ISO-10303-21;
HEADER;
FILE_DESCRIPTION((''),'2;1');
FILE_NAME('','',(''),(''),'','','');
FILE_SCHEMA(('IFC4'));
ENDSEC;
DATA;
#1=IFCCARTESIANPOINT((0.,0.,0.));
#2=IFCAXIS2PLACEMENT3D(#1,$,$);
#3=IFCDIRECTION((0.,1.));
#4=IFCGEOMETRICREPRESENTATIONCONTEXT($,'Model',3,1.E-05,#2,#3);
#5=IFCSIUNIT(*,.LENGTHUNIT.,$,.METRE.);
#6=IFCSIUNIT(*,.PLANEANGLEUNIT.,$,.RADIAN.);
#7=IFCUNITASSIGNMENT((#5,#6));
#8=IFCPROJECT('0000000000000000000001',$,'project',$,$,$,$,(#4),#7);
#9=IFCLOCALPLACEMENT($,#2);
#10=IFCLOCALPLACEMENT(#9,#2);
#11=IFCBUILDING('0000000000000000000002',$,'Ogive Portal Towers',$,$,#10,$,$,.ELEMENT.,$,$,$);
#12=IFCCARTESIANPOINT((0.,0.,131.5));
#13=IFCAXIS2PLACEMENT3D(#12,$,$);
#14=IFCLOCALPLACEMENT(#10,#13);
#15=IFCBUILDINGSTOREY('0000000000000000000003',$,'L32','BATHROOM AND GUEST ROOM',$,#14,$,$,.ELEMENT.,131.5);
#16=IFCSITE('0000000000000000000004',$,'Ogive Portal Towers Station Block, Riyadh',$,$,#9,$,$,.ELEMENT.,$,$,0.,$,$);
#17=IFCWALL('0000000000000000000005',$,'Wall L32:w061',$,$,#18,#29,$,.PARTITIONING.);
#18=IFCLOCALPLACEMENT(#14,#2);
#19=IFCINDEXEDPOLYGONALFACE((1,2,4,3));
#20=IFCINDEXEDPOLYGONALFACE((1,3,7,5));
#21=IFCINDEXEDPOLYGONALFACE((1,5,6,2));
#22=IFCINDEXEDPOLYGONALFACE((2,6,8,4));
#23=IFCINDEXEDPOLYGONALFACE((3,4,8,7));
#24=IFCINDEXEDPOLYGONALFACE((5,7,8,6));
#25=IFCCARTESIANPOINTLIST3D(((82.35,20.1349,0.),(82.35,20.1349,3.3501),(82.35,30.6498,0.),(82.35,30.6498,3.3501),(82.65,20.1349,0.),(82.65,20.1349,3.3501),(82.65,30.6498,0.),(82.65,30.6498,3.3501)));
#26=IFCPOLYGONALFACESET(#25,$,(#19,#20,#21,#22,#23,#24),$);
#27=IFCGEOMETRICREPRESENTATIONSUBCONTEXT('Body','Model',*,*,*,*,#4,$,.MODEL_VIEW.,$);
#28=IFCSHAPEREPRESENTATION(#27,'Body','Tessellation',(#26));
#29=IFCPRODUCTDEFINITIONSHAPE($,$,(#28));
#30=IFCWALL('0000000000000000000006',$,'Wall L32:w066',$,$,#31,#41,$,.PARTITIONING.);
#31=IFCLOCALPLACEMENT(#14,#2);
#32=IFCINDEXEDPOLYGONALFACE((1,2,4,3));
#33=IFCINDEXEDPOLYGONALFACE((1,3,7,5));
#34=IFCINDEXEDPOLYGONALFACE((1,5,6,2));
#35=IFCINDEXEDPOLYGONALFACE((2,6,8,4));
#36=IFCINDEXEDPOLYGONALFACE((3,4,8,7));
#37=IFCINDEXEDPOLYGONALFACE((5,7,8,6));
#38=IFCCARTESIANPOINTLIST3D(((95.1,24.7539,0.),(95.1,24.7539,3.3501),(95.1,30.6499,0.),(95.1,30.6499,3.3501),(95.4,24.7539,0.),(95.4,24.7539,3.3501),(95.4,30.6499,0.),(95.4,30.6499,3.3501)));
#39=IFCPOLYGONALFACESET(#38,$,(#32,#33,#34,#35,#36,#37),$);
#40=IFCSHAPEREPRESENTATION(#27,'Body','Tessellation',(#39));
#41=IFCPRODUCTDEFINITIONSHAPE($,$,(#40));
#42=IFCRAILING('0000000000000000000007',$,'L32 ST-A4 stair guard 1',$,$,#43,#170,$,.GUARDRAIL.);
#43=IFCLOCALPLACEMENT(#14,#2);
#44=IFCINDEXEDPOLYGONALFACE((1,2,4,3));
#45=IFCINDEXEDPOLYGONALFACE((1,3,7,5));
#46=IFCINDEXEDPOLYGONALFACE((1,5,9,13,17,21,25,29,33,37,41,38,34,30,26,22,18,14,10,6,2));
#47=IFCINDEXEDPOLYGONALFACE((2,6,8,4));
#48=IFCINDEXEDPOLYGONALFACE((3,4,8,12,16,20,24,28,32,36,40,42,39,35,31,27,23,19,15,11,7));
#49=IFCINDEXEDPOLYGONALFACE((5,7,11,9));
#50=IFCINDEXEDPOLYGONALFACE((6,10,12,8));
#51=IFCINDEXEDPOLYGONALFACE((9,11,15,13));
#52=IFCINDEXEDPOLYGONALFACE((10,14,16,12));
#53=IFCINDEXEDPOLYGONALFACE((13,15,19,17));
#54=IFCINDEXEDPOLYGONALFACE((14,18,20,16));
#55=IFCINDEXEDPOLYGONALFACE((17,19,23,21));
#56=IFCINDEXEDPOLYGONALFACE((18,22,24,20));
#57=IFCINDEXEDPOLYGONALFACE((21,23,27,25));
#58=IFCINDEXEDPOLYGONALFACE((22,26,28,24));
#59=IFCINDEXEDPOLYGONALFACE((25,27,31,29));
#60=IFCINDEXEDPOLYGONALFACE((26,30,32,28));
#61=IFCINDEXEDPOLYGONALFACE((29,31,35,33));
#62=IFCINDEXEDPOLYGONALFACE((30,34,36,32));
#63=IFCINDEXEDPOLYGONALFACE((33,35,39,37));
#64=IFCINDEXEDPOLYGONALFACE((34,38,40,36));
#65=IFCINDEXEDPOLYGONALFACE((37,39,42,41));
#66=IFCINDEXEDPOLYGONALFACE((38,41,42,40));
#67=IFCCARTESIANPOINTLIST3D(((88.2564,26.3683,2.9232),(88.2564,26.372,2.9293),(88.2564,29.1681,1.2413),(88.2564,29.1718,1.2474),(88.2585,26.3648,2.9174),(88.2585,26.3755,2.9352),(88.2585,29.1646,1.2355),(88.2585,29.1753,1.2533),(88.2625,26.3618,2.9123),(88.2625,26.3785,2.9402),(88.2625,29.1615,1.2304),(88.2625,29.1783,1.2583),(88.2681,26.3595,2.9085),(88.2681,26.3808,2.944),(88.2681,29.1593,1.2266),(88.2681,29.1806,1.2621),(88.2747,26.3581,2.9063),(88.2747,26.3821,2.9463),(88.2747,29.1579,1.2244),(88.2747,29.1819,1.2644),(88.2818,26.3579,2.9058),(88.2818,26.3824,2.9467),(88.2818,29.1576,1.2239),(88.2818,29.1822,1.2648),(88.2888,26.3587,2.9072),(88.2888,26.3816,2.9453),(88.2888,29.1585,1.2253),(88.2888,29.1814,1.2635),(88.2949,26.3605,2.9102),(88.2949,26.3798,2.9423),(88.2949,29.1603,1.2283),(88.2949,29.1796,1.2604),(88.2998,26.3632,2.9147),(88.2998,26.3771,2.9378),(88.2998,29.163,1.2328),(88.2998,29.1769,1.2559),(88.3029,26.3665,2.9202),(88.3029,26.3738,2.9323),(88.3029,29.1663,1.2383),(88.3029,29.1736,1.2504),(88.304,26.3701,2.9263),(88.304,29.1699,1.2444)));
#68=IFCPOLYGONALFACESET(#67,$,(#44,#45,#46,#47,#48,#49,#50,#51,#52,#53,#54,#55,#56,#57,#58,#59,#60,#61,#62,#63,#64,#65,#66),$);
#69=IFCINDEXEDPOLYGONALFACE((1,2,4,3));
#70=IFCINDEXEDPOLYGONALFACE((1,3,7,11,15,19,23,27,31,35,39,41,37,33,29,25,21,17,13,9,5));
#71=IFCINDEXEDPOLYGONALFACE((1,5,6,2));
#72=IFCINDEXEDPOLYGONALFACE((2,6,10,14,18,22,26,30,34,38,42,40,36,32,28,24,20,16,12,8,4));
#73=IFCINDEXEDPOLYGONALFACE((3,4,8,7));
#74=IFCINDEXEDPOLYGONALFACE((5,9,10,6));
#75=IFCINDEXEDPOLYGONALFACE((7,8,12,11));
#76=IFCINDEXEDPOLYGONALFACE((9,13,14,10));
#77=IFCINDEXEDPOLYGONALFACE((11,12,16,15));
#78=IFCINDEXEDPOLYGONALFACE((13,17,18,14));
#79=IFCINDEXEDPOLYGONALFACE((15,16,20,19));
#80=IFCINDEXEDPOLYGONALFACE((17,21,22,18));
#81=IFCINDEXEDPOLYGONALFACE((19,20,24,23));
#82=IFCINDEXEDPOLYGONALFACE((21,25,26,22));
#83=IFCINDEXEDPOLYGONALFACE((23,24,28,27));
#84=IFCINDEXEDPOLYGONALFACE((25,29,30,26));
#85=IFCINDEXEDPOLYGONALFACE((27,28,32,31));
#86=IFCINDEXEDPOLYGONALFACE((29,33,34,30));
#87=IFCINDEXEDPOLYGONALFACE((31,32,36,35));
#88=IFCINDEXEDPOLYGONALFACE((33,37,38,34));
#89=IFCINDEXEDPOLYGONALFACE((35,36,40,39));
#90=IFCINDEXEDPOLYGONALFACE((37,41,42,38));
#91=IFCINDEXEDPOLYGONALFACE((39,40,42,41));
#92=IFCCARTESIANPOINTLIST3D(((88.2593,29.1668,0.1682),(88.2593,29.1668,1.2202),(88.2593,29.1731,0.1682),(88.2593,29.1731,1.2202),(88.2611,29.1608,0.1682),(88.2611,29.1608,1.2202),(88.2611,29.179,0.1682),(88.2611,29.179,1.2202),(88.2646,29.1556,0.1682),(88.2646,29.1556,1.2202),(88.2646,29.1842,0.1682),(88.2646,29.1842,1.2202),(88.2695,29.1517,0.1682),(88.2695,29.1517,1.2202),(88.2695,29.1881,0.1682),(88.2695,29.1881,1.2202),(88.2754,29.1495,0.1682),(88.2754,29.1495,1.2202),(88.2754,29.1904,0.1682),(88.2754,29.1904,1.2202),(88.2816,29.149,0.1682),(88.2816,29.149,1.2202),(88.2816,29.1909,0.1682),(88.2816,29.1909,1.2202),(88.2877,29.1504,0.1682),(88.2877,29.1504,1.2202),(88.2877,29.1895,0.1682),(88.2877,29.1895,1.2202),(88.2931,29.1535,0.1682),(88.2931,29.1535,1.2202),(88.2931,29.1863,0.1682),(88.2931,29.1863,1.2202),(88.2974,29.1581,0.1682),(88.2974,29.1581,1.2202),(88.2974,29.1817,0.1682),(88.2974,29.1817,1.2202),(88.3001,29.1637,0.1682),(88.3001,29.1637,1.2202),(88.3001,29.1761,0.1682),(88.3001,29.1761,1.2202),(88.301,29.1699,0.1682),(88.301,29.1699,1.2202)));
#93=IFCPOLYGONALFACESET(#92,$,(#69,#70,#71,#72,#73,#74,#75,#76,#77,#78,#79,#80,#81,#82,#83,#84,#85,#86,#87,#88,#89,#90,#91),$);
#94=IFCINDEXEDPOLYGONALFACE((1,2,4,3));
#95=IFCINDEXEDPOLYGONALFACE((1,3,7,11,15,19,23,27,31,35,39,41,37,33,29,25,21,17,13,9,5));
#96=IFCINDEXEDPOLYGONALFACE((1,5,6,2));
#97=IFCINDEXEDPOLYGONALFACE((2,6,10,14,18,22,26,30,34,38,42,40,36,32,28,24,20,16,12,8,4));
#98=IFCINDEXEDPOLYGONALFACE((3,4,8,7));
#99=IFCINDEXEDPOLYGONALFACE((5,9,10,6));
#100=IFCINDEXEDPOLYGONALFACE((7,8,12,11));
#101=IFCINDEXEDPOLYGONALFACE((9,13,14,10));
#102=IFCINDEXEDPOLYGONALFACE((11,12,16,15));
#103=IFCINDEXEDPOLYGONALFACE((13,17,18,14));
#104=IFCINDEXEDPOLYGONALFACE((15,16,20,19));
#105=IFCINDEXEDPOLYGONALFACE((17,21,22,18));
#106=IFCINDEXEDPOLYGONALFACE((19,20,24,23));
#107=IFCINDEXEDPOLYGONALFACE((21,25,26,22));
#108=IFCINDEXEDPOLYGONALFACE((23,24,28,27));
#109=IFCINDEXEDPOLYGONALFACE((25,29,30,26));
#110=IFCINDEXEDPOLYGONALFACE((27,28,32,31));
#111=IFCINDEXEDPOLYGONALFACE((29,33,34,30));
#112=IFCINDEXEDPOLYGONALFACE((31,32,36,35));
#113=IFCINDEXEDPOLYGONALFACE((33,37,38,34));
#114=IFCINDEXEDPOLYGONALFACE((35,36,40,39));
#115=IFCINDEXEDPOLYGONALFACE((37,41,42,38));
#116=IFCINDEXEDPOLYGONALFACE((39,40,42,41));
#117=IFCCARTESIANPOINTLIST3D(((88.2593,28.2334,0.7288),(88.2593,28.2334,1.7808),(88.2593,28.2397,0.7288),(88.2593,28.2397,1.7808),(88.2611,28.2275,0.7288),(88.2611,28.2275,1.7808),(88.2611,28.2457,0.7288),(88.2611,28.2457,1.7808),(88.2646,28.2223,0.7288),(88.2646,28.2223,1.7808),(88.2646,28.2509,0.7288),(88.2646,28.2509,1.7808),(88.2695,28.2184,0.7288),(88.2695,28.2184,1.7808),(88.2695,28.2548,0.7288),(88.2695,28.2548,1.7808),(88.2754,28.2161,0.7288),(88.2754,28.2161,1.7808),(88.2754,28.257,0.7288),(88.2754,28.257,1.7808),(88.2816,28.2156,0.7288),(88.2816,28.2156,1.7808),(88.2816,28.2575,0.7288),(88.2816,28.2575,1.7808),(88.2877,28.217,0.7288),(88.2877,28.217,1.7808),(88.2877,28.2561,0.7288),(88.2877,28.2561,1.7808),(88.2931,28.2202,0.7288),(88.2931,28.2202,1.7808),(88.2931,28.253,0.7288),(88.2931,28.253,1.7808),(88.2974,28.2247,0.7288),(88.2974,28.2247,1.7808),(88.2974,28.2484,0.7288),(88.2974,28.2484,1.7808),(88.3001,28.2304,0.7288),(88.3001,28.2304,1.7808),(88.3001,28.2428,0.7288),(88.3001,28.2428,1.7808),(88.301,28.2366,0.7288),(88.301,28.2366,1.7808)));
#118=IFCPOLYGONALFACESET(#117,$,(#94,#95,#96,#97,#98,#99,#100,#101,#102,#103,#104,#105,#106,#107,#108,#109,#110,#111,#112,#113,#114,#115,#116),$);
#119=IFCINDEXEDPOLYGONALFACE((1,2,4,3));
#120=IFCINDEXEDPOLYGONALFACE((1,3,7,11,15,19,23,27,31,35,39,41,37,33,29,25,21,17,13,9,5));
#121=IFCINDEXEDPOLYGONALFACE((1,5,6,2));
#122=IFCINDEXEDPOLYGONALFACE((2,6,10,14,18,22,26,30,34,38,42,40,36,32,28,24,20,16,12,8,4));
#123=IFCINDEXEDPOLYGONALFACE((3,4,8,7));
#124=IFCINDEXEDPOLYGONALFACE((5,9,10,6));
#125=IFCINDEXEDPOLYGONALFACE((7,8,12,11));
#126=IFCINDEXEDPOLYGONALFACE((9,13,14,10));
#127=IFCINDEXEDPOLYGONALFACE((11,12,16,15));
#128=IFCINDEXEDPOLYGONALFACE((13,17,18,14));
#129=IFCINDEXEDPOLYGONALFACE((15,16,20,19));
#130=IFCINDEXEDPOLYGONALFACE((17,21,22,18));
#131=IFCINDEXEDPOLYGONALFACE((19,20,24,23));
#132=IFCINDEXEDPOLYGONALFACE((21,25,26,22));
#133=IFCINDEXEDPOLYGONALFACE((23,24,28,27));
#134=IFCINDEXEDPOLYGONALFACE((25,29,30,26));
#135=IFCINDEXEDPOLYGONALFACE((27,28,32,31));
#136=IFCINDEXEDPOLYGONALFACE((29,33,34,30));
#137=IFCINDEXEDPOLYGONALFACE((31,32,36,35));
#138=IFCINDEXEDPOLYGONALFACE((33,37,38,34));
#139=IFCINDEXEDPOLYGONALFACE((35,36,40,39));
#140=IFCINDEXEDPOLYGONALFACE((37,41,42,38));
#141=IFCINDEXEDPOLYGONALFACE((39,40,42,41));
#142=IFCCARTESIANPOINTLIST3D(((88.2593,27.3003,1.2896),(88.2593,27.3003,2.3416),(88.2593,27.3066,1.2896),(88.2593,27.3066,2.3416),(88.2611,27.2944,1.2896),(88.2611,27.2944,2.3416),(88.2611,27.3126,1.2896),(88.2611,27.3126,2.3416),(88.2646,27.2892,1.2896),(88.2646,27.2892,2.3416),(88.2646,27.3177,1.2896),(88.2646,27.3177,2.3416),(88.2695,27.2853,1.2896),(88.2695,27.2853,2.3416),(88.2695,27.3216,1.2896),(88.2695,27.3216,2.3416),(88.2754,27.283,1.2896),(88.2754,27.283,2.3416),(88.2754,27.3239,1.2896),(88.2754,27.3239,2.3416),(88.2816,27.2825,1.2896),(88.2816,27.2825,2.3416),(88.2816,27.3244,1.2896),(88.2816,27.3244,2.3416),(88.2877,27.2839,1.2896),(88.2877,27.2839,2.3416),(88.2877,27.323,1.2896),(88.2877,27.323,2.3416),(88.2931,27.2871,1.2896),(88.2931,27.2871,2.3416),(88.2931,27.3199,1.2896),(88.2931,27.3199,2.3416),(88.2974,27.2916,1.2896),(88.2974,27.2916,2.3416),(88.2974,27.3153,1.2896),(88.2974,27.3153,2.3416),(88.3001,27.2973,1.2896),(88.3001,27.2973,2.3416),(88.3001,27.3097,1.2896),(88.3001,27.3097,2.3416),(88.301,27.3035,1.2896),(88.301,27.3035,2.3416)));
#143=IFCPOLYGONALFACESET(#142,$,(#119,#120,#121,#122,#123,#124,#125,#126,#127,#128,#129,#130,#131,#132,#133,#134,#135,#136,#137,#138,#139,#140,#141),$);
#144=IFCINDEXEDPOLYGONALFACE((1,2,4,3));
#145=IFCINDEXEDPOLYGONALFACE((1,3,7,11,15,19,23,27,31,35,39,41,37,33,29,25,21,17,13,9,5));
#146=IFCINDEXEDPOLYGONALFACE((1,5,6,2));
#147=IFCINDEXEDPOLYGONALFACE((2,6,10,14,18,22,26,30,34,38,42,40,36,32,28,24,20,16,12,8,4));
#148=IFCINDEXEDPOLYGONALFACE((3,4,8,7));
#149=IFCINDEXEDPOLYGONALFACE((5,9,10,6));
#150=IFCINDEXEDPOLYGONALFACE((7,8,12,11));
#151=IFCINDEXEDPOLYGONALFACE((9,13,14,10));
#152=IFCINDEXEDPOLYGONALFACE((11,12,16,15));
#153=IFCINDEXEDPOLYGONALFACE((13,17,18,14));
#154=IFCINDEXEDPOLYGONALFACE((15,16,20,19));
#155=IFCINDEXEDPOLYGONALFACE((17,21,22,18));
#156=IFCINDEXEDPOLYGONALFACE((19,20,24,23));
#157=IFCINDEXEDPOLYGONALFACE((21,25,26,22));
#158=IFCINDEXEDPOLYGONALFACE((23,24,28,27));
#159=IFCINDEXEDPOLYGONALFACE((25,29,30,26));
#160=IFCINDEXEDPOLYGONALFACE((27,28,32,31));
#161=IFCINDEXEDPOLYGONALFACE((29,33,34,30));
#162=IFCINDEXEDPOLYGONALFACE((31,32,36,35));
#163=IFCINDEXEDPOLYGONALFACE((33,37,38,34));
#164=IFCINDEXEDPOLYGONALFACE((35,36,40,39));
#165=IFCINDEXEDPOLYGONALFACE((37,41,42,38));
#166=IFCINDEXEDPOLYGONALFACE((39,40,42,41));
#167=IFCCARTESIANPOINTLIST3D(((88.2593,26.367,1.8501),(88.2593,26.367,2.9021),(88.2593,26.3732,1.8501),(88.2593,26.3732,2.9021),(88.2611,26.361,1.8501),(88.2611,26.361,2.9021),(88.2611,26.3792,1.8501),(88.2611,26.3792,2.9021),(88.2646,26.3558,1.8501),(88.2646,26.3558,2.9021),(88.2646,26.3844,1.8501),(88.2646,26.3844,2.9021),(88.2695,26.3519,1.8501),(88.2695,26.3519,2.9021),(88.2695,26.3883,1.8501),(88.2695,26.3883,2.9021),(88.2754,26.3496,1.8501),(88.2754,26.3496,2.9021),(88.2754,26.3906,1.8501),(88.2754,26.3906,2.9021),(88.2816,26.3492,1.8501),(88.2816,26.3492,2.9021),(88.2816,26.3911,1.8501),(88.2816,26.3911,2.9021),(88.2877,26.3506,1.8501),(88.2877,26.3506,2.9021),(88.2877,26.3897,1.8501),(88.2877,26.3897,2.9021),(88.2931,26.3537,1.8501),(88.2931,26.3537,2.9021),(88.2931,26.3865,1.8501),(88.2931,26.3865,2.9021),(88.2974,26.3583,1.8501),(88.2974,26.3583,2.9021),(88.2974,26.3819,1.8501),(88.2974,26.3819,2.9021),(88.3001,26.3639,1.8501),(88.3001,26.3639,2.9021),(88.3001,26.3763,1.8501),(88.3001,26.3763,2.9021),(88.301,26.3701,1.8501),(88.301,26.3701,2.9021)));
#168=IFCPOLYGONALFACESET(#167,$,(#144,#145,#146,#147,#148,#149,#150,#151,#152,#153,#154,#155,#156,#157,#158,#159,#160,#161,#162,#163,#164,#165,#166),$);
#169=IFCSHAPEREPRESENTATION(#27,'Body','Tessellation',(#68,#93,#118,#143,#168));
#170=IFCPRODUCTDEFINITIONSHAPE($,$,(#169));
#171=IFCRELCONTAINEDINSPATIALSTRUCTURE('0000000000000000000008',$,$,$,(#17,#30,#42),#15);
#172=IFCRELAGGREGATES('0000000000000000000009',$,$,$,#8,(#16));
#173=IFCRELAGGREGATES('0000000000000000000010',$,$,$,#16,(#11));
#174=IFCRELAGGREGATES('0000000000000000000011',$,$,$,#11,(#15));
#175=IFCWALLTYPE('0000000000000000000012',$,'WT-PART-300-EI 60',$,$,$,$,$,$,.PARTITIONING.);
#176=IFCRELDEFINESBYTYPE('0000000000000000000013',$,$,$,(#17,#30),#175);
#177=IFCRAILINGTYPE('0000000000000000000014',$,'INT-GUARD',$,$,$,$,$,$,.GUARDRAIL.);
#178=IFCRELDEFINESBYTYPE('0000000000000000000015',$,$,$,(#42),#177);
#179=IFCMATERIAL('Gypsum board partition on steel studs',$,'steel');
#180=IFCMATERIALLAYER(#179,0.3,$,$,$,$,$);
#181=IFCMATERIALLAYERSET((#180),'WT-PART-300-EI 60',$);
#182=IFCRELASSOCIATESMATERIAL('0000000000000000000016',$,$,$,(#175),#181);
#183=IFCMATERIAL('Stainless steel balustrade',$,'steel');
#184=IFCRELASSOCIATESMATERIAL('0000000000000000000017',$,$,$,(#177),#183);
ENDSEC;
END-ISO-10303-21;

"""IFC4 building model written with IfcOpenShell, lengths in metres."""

from ifc_helpers import new_model, si_unit, direction, frame, frame_2d, origin, origin_2d, place, context, subcontext, project, spatial, rectangle, circle, extrude, material, layer, layer_set, type_object, element, save


model = new_model("IFC4")

# Units and contexts
model_context = context("Model", 3, precision=1e-05, world=origin(), true_north=direction((0.0, 1.0)))
body_context = subcontext(model_context, "Body", "Model", "MODEL_VIEW")
ifc_project = project(units=[si_unit("LENGTHUNIT", "METRE"), si_unit("PLANEANGLEUNIT", "RADIAN")], contexts=[model_context])

# Site, building, storey
site_placement = place(None, origin())
site = spatial("IfcSite", under=ifc_project, at=site_placement, Name="Ogive Portal Towers Station Block, Riyadh", CompositionType="ELEMENT", RefElevation=0.0)
building_placement = place(site_placement, origin())
building = spatial("IfcBuilding", under=site, at=building_placement, Name="Ogive Portal Towers", CompositionType="ELEMENT")
storey_placement = place(building_placement, frame((0.0, 0.0, 131.5)))
storey = spatial("IfcBuildingStorey", under=building, at=storey_placement, Name="L32", Description="BATHROOM AND GUEST ROOM", CompositionType="ELEMENT", Elevation=131.5)

# Walls
ifc_material_1 = material(Name="Gypsum board partition on steel studs", Category="steel")
ifc_layer_1 = layer(ifc_material_1, 0.3)
ifc_layer_set_1 = layer_set([ifc_layer_1], Name="WT-PART-300-EI 60")
wall_type_1 = type_object("IfcWallType", Name="WT-PART-300-EI 60", PredefinedType="PARTITIONING", material=ifc_layer_set_1)
wall_1_placement = place(storey_placement, frame((82.5, 20.135, 0.0), z_axis=(0.0, 0.0, 1.0), x_axis=(0.0, 1.0, 0.0)))
element("IfcWall", 1, at=wall_1_placement, inside=storey, type_object=wall_type_1, Name="Wall L32:w061", PredefinedType="PARTITIONING", context=body_context, shape_type="SweptSolid", body=[
    extrude(rectangle(XDim=10.5149, YDim=0.3, at=frame_2d((5.2573, 0.0))), origin(), (0.0, 0.0, 1.0), 3.3501),
])
wall_2_placement = place(storey_placement, frame((95.25, 24.7539, 0.0), z_axis=(0.0, 0.0, 1.0), x_axis=(0.0, 1.0, 0.0)))
element("IfcWall", 2, at=wall_2_placement, inside=storey, type_object=wall_type_1, Name="Wall L32:w066", PredefinedType="PARTITIONING", context=body_context, shape_type="SweptSolid", body=[
    extrude(rectangle(XDim=5.896, YDim=0.3, at=frame_2d((2.948, 0.0))), origin(), (0.0, 0.0, 1.0), 3.3501),
])

# Railing
ifc_material_2 = material(Name="Stainless steel balustrade", Category="steel")
railing_type_1 = type_object("IfcRailingType", Name="INT-GUARD", PredefinedType="GUARDRAIL", material=ifc_material_2)
railing_1_placement = place(storey_placement, frame((88.28, 29.1699, 0.1682)))
element("IfcRailing", 3, at=railing_1_placement, inside=storey, type_object=railing_type_1, Name="L32 ST-A4 stair guard 1", PredefinedType="GUARDRAIL", context=body_context, shape_type="SweptSolid", body=[
    extrude(circle(Radius=0.0239, at=origin_2d()), frame((0.0, 0.0, 1.0762), z_axis=(0.0, -0.857222, 0.514946), x_axis=(1.0, 0.0, 0.0)), (0.0, 0.0, 1.0), 3.2661),
    extrude(circle(Radius=0.021, at=origin_2d()), origin(), (0.0, 0.0, 1.0), 1.052),
    extrude(circle(Radius=0.021, at=origin_2d()), frame((0.0, -0.9333, 0.5605)), (0.0, 0.0, 1.0), 1.052),
    extrude(circle(Radius=0.021, at=origin_2d()), frame((0.0, -1.8665, 1.1213)), (0.0, 0.0, 1.0), 1.052),
    extrude(circle(Radius=0.021, at=origin_2d()), frame((0.0, -2.7998, 1.6819)), (0.0, 0.0, 1.0), 1.052),
])

save(model, "model.ifc")
